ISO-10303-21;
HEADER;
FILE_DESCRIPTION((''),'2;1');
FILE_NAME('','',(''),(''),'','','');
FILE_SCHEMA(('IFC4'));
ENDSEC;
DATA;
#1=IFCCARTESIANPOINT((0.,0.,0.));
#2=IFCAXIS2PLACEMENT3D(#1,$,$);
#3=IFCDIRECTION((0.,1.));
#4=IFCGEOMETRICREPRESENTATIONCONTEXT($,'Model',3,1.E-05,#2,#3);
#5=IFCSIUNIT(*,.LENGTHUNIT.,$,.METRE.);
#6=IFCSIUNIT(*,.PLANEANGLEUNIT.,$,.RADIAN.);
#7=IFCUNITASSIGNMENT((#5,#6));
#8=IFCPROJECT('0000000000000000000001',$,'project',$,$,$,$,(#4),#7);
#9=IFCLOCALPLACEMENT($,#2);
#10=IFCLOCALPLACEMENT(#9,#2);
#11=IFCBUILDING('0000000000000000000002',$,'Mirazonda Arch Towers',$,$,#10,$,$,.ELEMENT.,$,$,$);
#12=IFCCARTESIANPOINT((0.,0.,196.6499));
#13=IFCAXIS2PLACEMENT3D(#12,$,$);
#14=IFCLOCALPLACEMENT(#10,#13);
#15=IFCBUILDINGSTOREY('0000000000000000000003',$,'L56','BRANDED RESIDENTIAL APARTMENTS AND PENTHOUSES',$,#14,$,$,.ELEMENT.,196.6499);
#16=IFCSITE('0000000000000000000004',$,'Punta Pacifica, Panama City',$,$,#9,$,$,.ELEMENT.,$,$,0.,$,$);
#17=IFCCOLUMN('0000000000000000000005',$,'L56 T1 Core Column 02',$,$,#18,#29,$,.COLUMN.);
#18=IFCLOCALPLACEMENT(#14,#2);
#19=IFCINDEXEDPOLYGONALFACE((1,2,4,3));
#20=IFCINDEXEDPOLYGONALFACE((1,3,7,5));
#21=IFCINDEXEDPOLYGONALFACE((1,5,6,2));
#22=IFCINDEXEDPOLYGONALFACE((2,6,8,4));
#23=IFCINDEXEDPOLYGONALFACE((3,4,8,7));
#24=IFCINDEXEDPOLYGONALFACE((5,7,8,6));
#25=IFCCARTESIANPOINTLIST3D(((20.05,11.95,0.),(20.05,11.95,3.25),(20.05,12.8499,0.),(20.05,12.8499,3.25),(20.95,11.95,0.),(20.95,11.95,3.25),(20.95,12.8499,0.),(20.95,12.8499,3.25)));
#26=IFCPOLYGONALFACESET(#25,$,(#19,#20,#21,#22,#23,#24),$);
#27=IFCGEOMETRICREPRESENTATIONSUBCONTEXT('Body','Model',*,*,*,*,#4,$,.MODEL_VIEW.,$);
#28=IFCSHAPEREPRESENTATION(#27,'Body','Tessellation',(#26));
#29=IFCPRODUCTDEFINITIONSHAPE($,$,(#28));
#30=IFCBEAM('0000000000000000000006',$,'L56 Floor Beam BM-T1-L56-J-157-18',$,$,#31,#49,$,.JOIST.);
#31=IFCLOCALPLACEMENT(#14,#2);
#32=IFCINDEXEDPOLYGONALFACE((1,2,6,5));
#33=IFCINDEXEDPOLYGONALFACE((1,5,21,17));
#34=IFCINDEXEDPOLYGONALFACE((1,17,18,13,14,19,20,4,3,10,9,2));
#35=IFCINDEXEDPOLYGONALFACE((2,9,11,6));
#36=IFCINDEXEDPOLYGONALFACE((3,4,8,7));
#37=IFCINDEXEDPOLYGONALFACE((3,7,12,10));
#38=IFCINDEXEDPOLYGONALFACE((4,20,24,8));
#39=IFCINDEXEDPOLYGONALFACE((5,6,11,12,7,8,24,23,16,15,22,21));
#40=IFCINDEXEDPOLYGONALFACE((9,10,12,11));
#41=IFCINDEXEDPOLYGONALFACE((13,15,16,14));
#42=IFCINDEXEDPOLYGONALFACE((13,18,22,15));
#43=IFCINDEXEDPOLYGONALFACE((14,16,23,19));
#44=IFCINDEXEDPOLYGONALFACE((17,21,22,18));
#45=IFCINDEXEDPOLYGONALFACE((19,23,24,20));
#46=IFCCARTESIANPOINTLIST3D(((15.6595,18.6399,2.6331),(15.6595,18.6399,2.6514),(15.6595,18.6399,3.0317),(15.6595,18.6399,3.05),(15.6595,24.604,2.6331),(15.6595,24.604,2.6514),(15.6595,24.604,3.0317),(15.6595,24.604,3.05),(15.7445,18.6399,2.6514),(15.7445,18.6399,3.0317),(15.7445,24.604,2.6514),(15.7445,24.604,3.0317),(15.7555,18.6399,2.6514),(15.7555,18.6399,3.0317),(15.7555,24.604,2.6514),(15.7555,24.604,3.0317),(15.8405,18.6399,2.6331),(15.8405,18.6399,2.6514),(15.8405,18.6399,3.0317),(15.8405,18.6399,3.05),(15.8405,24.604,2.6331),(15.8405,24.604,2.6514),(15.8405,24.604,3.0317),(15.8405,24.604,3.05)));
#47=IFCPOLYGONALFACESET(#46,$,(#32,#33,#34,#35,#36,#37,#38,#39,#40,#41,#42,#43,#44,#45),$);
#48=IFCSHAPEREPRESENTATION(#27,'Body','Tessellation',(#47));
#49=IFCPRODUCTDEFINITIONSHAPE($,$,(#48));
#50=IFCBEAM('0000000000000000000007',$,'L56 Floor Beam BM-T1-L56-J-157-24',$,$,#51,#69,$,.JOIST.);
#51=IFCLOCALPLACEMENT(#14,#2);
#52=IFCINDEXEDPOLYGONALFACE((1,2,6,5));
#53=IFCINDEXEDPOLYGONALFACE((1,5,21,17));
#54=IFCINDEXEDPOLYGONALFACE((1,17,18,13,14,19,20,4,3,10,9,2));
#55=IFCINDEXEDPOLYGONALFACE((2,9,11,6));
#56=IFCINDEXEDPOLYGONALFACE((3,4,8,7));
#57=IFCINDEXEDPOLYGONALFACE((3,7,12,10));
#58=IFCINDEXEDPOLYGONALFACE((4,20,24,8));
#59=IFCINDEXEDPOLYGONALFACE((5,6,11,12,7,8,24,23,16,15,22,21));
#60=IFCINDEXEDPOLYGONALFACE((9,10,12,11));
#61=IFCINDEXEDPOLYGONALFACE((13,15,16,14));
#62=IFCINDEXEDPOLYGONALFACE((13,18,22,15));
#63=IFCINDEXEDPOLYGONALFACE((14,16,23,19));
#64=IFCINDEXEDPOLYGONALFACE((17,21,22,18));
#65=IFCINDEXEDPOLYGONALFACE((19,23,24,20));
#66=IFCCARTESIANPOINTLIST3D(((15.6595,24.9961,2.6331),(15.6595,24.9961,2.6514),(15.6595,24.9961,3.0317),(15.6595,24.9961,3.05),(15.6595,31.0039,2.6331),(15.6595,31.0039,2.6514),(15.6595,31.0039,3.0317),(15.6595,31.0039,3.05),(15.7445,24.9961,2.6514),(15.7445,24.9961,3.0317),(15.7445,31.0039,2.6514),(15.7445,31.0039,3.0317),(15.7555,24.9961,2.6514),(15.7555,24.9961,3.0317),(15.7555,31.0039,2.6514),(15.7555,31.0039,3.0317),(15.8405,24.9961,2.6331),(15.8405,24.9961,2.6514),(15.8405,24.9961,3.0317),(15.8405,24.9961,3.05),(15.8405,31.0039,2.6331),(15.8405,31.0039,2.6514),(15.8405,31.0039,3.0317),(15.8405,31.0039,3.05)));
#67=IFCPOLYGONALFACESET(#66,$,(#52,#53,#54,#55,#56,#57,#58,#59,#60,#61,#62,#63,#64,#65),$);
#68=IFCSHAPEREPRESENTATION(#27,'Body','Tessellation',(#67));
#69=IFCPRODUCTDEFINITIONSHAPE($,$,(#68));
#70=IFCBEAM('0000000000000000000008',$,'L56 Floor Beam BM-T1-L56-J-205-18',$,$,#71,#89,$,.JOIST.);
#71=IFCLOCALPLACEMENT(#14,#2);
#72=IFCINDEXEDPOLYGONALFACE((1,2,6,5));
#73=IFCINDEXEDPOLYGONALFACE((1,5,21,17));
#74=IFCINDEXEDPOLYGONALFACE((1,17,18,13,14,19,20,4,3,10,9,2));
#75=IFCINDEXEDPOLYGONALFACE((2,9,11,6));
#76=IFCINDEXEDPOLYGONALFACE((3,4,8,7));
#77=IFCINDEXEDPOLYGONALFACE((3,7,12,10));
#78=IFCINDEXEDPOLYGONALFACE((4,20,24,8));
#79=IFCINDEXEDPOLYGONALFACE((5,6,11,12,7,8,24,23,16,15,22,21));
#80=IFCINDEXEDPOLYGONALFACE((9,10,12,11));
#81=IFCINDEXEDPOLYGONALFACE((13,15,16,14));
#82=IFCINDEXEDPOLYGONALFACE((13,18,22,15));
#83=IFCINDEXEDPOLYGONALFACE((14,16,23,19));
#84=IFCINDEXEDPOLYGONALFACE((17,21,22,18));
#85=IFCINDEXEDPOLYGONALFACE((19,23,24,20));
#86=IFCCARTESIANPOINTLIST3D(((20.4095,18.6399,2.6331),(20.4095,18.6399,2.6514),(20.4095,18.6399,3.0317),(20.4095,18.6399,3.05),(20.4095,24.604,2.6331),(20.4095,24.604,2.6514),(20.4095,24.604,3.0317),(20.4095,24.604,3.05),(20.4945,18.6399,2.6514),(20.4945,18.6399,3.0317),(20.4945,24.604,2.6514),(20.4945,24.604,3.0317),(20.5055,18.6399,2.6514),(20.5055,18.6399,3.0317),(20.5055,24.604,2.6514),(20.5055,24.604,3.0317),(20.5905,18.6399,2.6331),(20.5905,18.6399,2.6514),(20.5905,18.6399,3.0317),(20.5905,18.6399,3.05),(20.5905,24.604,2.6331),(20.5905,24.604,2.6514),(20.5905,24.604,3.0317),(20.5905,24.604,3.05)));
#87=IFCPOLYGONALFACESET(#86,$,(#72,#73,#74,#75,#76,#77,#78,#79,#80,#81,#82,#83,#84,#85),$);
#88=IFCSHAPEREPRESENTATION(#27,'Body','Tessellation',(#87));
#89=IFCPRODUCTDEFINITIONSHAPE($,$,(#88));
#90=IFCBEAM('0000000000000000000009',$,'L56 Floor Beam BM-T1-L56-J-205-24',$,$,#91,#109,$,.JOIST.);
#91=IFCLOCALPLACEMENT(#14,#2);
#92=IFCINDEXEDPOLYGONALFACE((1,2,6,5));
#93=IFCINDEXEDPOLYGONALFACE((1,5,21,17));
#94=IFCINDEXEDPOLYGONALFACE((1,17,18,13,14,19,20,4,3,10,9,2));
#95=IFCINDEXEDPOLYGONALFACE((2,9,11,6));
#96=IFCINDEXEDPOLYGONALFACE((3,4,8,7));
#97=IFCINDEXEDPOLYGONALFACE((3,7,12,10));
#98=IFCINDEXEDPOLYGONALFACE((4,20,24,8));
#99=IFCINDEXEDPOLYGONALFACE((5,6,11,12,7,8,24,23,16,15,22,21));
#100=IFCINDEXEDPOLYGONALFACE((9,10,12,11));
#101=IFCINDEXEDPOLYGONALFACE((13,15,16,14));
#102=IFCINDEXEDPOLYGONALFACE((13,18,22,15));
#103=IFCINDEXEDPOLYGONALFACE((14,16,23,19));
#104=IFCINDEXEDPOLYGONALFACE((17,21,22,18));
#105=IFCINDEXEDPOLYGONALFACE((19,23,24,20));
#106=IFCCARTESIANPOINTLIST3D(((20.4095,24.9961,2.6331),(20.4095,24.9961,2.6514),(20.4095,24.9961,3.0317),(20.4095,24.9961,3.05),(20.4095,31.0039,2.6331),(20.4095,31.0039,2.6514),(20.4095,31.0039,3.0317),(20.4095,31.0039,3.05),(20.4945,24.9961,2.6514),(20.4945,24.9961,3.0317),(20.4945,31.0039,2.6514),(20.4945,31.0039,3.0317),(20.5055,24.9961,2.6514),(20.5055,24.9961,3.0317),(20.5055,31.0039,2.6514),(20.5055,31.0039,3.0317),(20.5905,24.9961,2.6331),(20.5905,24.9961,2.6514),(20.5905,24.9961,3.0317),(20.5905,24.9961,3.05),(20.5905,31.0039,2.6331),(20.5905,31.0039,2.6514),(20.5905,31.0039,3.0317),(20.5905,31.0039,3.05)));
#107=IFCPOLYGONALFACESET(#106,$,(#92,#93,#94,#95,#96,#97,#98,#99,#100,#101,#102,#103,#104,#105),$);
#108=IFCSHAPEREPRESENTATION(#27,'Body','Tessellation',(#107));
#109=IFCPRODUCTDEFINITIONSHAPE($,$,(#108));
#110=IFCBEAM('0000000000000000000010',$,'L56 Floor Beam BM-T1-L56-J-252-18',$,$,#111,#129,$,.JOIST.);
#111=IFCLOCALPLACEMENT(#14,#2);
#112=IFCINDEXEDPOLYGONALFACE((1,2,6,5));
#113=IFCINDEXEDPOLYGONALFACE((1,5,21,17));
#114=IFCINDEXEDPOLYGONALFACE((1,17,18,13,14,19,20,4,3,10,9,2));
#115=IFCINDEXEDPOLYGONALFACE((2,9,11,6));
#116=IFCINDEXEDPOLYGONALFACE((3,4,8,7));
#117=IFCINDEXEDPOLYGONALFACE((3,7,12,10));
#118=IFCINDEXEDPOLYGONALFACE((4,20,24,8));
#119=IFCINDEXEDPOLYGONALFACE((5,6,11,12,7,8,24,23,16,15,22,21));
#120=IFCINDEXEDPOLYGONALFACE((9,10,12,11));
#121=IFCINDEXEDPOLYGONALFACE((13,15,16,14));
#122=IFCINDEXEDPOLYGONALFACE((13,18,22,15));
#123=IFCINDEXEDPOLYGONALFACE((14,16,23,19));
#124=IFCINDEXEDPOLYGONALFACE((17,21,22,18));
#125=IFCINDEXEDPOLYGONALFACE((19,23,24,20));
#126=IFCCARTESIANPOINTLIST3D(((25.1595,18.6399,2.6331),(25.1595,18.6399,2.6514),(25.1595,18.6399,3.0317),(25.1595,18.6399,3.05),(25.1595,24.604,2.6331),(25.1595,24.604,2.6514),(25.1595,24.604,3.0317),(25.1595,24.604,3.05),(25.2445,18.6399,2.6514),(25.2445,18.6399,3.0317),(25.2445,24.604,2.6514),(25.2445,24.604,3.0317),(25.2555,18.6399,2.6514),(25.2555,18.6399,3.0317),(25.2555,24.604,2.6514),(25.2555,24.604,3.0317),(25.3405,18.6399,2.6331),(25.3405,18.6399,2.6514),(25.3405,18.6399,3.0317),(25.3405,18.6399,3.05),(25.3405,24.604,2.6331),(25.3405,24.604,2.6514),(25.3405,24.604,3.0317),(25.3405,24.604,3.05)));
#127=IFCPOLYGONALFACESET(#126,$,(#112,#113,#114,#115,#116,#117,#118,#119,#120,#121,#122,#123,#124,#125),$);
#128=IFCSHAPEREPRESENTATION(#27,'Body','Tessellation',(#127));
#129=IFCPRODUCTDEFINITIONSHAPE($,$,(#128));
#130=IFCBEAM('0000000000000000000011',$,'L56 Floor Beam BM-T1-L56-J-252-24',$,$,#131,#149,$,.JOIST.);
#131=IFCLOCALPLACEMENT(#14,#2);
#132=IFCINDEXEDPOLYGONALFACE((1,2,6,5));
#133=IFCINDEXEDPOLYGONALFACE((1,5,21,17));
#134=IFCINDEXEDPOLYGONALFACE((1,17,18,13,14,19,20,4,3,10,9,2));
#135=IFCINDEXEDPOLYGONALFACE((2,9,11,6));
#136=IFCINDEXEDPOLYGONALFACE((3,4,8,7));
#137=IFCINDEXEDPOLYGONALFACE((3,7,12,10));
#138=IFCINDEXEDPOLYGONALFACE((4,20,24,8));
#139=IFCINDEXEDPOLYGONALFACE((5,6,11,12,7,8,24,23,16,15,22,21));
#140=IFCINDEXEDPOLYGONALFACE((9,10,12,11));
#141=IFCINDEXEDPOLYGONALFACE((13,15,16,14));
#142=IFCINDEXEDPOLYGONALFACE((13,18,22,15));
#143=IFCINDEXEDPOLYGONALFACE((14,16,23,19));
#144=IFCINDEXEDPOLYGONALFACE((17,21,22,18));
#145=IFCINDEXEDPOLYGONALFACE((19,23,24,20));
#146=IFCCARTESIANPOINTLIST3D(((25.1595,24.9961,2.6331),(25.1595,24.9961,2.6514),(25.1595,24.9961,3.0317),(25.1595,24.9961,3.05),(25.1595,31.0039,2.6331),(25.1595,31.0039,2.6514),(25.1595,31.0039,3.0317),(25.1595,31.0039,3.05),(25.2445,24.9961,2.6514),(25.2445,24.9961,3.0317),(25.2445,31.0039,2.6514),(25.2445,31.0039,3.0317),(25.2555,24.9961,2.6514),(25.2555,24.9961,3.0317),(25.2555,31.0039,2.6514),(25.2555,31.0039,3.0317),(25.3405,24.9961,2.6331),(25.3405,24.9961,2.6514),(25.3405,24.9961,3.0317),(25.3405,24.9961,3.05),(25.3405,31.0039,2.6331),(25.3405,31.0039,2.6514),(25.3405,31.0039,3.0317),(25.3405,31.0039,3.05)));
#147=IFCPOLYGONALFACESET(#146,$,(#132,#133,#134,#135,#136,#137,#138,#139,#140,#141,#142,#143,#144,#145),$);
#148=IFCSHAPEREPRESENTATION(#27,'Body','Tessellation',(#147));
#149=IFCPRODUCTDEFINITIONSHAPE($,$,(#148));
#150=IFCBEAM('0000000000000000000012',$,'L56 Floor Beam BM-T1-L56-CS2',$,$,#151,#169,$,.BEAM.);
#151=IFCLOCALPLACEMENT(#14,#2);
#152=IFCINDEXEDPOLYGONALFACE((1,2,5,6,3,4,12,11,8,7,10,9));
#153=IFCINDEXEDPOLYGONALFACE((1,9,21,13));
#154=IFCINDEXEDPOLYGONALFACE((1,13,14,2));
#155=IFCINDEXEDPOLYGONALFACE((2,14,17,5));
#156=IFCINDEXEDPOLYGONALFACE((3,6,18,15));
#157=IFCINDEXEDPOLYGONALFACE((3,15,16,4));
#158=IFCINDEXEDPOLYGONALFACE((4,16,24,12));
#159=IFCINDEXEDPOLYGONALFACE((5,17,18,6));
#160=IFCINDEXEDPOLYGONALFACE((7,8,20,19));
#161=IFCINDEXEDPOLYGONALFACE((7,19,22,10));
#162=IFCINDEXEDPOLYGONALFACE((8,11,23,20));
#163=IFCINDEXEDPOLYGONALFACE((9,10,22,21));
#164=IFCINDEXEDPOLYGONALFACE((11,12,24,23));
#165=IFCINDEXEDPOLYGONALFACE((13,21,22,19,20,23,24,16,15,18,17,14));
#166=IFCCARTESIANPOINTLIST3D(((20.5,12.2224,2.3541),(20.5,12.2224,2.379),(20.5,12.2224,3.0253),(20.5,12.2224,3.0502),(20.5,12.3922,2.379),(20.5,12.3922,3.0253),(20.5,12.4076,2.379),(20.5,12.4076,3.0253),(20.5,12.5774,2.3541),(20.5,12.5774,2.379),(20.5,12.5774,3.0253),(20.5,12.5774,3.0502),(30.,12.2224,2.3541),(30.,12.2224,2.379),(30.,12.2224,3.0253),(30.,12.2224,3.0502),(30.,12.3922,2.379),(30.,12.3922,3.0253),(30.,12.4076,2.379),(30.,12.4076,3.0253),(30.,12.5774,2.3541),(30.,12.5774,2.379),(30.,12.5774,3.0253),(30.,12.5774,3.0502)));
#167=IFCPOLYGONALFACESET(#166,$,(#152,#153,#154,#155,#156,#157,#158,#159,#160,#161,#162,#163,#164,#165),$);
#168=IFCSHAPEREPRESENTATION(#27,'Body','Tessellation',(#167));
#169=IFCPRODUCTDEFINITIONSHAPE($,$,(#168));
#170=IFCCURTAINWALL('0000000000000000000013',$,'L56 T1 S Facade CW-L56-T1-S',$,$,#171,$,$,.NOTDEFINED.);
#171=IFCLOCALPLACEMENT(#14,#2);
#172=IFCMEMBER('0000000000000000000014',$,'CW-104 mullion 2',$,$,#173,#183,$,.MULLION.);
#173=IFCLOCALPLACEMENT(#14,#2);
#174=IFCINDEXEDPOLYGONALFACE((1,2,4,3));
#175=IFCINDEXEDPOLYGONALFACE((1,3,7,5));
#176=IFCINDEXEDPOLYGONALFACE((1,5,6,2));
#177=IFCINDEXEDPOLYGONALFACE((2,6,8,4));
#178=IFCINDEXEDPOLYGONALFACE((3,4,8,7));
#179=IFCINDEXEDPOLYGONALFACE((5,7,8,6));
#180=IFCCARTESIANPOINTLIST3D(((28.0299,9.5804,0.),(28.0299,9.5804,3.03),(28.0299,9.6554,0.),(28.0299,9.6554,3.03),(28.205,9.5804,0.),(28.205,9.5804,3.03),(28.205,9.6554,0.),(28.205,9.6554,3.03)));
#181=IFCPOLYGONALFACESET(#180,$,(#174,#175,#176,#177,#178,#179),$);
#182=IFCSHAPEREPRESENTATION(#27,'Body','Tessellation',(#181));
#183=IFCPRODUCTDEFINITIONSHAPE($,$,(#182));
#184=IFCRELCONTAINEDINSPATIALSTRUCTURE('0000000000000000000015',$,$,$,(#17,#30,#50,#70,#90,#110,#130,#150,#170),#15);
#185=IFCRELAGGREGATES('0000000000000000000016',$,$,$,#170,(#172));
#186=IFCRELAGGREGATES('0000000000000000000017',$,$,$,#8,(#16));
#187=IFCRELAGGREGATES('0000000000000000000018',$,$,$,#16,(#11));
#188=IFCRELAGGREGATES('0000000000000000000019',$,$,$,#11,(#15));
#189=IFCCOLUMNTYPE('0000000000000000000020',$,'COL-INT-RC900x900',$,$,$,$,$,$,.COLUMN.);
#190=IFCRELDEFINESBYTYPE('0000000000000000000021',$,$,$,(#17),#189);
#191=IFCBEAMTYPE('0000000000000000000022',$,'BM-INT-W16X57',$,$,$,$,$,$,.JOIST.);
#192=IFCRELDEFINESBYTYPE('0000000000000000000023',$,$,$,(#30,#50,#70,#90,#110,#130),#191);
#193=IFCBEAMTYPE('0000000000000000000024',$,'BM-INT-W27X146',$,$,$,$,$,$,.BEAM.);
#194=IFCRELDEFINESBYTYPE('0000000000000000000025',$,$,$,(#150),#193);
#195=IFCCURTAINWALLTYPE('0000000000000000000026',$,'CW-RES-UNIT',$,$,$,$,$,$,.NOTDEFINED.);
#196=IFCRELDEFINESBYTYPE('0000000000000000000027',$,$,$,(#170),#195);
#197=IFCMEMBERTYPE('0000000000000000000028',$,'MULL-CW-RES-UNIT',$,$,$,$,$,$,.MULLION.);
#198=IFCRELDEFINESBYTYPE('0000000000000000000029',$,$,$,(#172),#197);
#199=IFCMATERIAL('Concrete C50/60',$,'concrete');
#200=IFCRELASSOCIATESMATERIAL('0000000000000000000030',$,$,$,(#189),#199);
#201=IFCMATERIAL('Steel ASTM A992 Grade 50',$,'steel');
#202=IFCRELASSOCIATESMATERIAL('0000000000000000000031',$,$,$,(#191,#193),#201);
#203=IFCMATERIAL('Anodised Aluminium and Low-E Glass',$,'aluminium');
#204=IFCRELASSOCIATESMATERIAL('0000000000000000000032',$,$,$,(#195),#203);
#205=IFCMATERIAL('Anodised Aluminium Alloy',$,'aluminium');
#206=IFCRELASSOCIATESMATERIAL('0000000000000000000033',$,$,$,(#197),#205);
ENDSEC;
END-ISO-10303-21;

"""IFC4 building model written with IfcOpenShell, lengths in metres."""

from ifc_helpers import new_model, si_unit, direction, frame, origin, origin_2d, place, context, subcontext, project, spatial, rectangle, i_section, extrude, material, material_profile, profile_set, type_object, element, aggregate, save


model = new_model("IFC4")

# Units and contexts
model_context = context("Model", 3, precision=1e-05, world=origin(), true_north=direction((0.0, 1.0)))
body_context = subcontext(model_context, "Body", "Model", "MODEL_VIEW")
ifc_project = project(units=[si_unit("LENGTHUNIT", "METRE"), si_unit("PLANEANGLEUNIT", "RADIAN")], contexts=[model_context])

# Site, building, storey
site_placement = place(None, origin())
site = spatial("IfcSite", under=ifc_project, at=site_placement, Name="Punta Pacifica, Panama City", CompositionType="ELEMENT", RefElevation=0.0)
building_placement = place(site_placement, origin())
building = spatial("IfcBuilding", under=site, at=building_placement, Name="Mirazonda Arch Towers", CompositionType="ELEMENT")
storey_placement = place(building_placement, frame((0.0, 0.0, 196.6499)))
storey = spatial("IfcBuildingStorey", under=building, at=storey_placement, Name="L56", Description="BRANDED RESIDENTIAL APARTMENTS AND PENTHOUSES", CompositionType="ELEMENT", Elevation=196.6499)

# Column
ifc_material_1 = material(Name="Concrete C50/60", Category="concrete")
ifc_material_profile_1 = material_profile(ifc_material_1, rectangle(XDim=0.8999, YDim=0.8999, at=origin_2d()), Name="RC900x900")
ifc_profile_set_1 = profile_set([ifc_material_profile_1], Name="Concrete C50/60")
column_type = type_object("IfcColumnType", Name="COL-INT-RC900x900", PredefinedType="COLUMN", material=ifc_profile_set_1)
column_placement = place(storey_placement, frame((20.5, 12.3999, 0.0), z_axis=(0.0, 0.0, 1.0), x_axis=(1.0, 0.0, 0.0)))
element("IfcColumn", 1, at=column_placement, inside=storey, type_object=column_type, Name="L56 T1 Core Column 02", PredefinedType="COLUMN", context=body_context, shape_type="SweptSolid", body=[
    extrude(rectangle(XDim=0.8999, YDim=0.8999, at=origin_2d()), origin(), (0.0, 0.0, 1.0), 3.25),
])

# Beams
ifc_material_2 = material(Name="Steel ASTM A992 Grade 50", Category="steel")
ifc_material_profile_2 = material_profile(ifc_material_2, i_section(OverallWidth=0.1809, OverallDepth=0.417, WebThickness=0.011, FlangeThickness=0.0183, at=origin_2d()), Name="W16X57")
ifc_profile_set_2 = profile_set([ifc_material_profile_2], Name="Steel ASTM A992 Grade 50")
beam_type_1 = type_object("IfcBeamType", Name="BM-INT-W16X57", PredefinedType="JOIST", material=ifc_profile_set_2)
beam_1_placement = place(storey_placement, frame((15.75, 18.6399, 2.8416), z_axis=(0.0, 1.0, 0.0), x_axis=(-1.0, 0.0, 0.0)))
element("IfcBeam", 2, at=beam_1_placement, inside=storey, type_object=beam_type_1, Name="L56 Floor Beam BM-T1-L56-J-157-18", PredefinedType="JOIST", context=body_context, shape_type="SweptSolid", body=[
    extrude(i_section(OverallWidth=0.1809, OverallDepth=0.417, WebThickness=0.011, FlangeThickness=0.0183, at=origin_2d()), origin(), (0.0, 0.0, 1.0), 5.9641),
])
beam_2_placement = place(storey_placement, frame((15.75, 24.9961, 2.8416), z_axis=(0.0, 1.0, 0.0), x_axis=(-1.0, 0.0, 0.0)))
element("IfcBeam", 3, at=beam_2_placement, inside=storey, type_object=beam_type_1, Name="L56 Floor Beam BM-T1-L56-J-157-24", PredefinedType="JOIST", context=body_context, shape_type="SweptSolid", body=[
    extrude(i_section(OverallWidth=0.1809, OverallDepth=0.417, WebThickness=0.011, FlangeThickness=0.0183, at=origin_2d()), origin(), (0.0, 0.0, 1.0), 6.0078),
])
beam_3_placement = place(storey_placement, frame((20.5, 18.6399, 2.8416), z_axis=(0.0, 1.0, 0.0), x_axis=(-1.0, 0.0, 0.0)))
element("IfcBeam", 4, at=beam_3_placement, inside=storey, type_object=beam_type_1, Name="L56 Floor Beam BM-T1-L56-J-205-18", PredefinedType="JOIST", context=body_context, shape_type="SweptSolid", body=[
    extrude(i_section(OverallWidth=0.1809, OverallDepth=0.417, WebThickness=0.011, FlangeThickness=0.0183, at=origin_2d()), origin(), (0.0, 0.0, 1.0), 5.9641),
])
beam_4_placement = place(storey_placement, frame((20.5, 24.9961, 2.8416), z_axis=(0.0, 1.0, 0.0), x_axis=(-1.0, 0.0, 0.0)))
element("IfcBeam", 5, at=beam_4_placement, inside=storey, type_object=beam_type_1, Name="L56 Floor Beam BM-T1-L56-J-205-24", PredefinedType="JOIST", context=body_context, shape_type="SweptSolid", body=[
    extrude(i_section(OverallWidth=0.1809, OverallDepth=0.417, WebThickness=0.011, FlangeThickness=0.0183, at=origin_2d()), origin(), (0.0, 0.0, 1.0), 6.0078),
])
beam_5_placement = place(storey_placement, frame((25.25, 18.6399, 2.8416), z_axis=(0.0, 1.0, 0.0), x_axis=(-1.0, 0.0, 0.0)))
element("IfcBeam", 6, at=beam_5_placement, inside=storey, type_object=beam_type_1, Name="L56 Floor Beam BM-T1-L56-J-252-18", PredefinedType="JOIST", context=body_context, shape_type="SweptSolid", body=[
    extrude(i_section(OverallWidth=0.1809, OverallDepth=0.417, WebThickness=0.011, FlangeThickness=0.0183, at=origin_2d()), origin(), (0.0, 0.0, 1.0), 5.9641),
])
beam_6_placement = place(storey_placement, frame((25.25, 24.9961, 2.8416), z_axis=(0.0, 1.0, 0.0), x_axis=(-1.0, 0.0, 0.0)))
element("IfcBeam", 7, at=beam_6_placement, inside=storey, type_object=beam_type_1, Name="L56 Floor Beam BM-T1-L56-J-252-24", PredefinedType="JOIST", context=body_context, shape_type="SweptSolid", body=[
    extrude(i_section(OverallWidth=0.1809, OverallDepth=0.417, WebThickness=0.011, FlangeThickness=0.0183, at=origin_2d()), origin(), (0.0, 0.0, 1.0), 6.0078),
])
ifc_material_profile_3 = material_profile(ifc_material_2, i_section(OverallWidth=0.355, OverallDepth=0.696, WebThickness=0.0154, FlangeThickness=0.0249, at=origin_2d()), Name="W27X146")
ifc_profile_set_3 = profile_set([ifc_material_profile_3], Name="Steel ASTM A992 Grade 50")
beam_type_2 = type_object("IfcBeamType", Name="BM-INT-W27X146", PredefinedType="BEAM", material=ifc_profile_set_3)
beam_7_placement = place(storey_placement, frame((20.5, 12.3999, 2.7021), z_axis=(1.0, 0.0, 0.0), x_axis=(0.0, 1.0, 0.0)))
element("IfcBeam", 8, at=beam_7_placement, inside=storey, type_object=beam_type_2, Name="L56 Floor Beam BM-T1-L56-CS2", PredefinedType="BEAM", context=body_context, shape_type="SweptSolid", body=[
    extrude(i_section(OverallWidth=0.355, OverallDepth=0.696, WebThickness=0.0154, FlangeThickness=0.0249, at=origin_2d()), origin(), (0.0, 0.0, 1.0), 9.5),
])

# Curtain wall, member
ifc_material_3 = material(Name="Anodised Aluminium and Low-E Glass", Category="aluminium")
curtain_wall_type = type_object("IfcCurtainWallType", Name="CW-RES-UNIT", PredefinedType="NOTDEFINED", material=ifc_material_3)
curtain_wall_placement = place(storey_placement, origin())
curtain_wall = element("IfcCurtainWall", 9, at=curtain_wall_placement, inside=storey, type_object=curtain_wall_type, Name="L56 T1 S Facade CW-L56-T1-S", PredefinedType="NOTDEFINED")
ifc_material_4 = material(Name="Anodised Aluminium Alloy", Category="aluminium")
ifc_material_profile_4 = material_profile(ifc_material_4, rectangle(XDim=0.075, YDim=0.175, at=origin_2d()), Name="ALU-MULL-75x175")
ifc_profile_set_4 = profile_set([ifc_material_profile_4], Name="Anodised Aluminium Alloy")
member_type_1 = type_object("IfcMemberType", Name="MULL-CW-RES-UNIT", PredefinedType="MULLION", material=ifc_profile_set_4)
member_1_placement = place(storey_placement, frame((28.1174, 9.6179, 0.0), z_axis=(0.0, 0.0, 1.0), x_axis=(0.0, -1.0, 0.0)))
member_1 = element("IfcMember", 10, at=member_1_placement, type_object=member_type_1, Name="CW-104 mullion 2", PredefinedType="MULLION", context=body_context, shape_type="SweptSolid", body=[
    extrude(rectangle(XDim=0.075, YDim=0.175, at=origin_2d()), origin(), (0.0, 0.0, 1.0), 3.03),
])
aggregate(curtain_wall, [member_1])

save(model, "model.ifc")
